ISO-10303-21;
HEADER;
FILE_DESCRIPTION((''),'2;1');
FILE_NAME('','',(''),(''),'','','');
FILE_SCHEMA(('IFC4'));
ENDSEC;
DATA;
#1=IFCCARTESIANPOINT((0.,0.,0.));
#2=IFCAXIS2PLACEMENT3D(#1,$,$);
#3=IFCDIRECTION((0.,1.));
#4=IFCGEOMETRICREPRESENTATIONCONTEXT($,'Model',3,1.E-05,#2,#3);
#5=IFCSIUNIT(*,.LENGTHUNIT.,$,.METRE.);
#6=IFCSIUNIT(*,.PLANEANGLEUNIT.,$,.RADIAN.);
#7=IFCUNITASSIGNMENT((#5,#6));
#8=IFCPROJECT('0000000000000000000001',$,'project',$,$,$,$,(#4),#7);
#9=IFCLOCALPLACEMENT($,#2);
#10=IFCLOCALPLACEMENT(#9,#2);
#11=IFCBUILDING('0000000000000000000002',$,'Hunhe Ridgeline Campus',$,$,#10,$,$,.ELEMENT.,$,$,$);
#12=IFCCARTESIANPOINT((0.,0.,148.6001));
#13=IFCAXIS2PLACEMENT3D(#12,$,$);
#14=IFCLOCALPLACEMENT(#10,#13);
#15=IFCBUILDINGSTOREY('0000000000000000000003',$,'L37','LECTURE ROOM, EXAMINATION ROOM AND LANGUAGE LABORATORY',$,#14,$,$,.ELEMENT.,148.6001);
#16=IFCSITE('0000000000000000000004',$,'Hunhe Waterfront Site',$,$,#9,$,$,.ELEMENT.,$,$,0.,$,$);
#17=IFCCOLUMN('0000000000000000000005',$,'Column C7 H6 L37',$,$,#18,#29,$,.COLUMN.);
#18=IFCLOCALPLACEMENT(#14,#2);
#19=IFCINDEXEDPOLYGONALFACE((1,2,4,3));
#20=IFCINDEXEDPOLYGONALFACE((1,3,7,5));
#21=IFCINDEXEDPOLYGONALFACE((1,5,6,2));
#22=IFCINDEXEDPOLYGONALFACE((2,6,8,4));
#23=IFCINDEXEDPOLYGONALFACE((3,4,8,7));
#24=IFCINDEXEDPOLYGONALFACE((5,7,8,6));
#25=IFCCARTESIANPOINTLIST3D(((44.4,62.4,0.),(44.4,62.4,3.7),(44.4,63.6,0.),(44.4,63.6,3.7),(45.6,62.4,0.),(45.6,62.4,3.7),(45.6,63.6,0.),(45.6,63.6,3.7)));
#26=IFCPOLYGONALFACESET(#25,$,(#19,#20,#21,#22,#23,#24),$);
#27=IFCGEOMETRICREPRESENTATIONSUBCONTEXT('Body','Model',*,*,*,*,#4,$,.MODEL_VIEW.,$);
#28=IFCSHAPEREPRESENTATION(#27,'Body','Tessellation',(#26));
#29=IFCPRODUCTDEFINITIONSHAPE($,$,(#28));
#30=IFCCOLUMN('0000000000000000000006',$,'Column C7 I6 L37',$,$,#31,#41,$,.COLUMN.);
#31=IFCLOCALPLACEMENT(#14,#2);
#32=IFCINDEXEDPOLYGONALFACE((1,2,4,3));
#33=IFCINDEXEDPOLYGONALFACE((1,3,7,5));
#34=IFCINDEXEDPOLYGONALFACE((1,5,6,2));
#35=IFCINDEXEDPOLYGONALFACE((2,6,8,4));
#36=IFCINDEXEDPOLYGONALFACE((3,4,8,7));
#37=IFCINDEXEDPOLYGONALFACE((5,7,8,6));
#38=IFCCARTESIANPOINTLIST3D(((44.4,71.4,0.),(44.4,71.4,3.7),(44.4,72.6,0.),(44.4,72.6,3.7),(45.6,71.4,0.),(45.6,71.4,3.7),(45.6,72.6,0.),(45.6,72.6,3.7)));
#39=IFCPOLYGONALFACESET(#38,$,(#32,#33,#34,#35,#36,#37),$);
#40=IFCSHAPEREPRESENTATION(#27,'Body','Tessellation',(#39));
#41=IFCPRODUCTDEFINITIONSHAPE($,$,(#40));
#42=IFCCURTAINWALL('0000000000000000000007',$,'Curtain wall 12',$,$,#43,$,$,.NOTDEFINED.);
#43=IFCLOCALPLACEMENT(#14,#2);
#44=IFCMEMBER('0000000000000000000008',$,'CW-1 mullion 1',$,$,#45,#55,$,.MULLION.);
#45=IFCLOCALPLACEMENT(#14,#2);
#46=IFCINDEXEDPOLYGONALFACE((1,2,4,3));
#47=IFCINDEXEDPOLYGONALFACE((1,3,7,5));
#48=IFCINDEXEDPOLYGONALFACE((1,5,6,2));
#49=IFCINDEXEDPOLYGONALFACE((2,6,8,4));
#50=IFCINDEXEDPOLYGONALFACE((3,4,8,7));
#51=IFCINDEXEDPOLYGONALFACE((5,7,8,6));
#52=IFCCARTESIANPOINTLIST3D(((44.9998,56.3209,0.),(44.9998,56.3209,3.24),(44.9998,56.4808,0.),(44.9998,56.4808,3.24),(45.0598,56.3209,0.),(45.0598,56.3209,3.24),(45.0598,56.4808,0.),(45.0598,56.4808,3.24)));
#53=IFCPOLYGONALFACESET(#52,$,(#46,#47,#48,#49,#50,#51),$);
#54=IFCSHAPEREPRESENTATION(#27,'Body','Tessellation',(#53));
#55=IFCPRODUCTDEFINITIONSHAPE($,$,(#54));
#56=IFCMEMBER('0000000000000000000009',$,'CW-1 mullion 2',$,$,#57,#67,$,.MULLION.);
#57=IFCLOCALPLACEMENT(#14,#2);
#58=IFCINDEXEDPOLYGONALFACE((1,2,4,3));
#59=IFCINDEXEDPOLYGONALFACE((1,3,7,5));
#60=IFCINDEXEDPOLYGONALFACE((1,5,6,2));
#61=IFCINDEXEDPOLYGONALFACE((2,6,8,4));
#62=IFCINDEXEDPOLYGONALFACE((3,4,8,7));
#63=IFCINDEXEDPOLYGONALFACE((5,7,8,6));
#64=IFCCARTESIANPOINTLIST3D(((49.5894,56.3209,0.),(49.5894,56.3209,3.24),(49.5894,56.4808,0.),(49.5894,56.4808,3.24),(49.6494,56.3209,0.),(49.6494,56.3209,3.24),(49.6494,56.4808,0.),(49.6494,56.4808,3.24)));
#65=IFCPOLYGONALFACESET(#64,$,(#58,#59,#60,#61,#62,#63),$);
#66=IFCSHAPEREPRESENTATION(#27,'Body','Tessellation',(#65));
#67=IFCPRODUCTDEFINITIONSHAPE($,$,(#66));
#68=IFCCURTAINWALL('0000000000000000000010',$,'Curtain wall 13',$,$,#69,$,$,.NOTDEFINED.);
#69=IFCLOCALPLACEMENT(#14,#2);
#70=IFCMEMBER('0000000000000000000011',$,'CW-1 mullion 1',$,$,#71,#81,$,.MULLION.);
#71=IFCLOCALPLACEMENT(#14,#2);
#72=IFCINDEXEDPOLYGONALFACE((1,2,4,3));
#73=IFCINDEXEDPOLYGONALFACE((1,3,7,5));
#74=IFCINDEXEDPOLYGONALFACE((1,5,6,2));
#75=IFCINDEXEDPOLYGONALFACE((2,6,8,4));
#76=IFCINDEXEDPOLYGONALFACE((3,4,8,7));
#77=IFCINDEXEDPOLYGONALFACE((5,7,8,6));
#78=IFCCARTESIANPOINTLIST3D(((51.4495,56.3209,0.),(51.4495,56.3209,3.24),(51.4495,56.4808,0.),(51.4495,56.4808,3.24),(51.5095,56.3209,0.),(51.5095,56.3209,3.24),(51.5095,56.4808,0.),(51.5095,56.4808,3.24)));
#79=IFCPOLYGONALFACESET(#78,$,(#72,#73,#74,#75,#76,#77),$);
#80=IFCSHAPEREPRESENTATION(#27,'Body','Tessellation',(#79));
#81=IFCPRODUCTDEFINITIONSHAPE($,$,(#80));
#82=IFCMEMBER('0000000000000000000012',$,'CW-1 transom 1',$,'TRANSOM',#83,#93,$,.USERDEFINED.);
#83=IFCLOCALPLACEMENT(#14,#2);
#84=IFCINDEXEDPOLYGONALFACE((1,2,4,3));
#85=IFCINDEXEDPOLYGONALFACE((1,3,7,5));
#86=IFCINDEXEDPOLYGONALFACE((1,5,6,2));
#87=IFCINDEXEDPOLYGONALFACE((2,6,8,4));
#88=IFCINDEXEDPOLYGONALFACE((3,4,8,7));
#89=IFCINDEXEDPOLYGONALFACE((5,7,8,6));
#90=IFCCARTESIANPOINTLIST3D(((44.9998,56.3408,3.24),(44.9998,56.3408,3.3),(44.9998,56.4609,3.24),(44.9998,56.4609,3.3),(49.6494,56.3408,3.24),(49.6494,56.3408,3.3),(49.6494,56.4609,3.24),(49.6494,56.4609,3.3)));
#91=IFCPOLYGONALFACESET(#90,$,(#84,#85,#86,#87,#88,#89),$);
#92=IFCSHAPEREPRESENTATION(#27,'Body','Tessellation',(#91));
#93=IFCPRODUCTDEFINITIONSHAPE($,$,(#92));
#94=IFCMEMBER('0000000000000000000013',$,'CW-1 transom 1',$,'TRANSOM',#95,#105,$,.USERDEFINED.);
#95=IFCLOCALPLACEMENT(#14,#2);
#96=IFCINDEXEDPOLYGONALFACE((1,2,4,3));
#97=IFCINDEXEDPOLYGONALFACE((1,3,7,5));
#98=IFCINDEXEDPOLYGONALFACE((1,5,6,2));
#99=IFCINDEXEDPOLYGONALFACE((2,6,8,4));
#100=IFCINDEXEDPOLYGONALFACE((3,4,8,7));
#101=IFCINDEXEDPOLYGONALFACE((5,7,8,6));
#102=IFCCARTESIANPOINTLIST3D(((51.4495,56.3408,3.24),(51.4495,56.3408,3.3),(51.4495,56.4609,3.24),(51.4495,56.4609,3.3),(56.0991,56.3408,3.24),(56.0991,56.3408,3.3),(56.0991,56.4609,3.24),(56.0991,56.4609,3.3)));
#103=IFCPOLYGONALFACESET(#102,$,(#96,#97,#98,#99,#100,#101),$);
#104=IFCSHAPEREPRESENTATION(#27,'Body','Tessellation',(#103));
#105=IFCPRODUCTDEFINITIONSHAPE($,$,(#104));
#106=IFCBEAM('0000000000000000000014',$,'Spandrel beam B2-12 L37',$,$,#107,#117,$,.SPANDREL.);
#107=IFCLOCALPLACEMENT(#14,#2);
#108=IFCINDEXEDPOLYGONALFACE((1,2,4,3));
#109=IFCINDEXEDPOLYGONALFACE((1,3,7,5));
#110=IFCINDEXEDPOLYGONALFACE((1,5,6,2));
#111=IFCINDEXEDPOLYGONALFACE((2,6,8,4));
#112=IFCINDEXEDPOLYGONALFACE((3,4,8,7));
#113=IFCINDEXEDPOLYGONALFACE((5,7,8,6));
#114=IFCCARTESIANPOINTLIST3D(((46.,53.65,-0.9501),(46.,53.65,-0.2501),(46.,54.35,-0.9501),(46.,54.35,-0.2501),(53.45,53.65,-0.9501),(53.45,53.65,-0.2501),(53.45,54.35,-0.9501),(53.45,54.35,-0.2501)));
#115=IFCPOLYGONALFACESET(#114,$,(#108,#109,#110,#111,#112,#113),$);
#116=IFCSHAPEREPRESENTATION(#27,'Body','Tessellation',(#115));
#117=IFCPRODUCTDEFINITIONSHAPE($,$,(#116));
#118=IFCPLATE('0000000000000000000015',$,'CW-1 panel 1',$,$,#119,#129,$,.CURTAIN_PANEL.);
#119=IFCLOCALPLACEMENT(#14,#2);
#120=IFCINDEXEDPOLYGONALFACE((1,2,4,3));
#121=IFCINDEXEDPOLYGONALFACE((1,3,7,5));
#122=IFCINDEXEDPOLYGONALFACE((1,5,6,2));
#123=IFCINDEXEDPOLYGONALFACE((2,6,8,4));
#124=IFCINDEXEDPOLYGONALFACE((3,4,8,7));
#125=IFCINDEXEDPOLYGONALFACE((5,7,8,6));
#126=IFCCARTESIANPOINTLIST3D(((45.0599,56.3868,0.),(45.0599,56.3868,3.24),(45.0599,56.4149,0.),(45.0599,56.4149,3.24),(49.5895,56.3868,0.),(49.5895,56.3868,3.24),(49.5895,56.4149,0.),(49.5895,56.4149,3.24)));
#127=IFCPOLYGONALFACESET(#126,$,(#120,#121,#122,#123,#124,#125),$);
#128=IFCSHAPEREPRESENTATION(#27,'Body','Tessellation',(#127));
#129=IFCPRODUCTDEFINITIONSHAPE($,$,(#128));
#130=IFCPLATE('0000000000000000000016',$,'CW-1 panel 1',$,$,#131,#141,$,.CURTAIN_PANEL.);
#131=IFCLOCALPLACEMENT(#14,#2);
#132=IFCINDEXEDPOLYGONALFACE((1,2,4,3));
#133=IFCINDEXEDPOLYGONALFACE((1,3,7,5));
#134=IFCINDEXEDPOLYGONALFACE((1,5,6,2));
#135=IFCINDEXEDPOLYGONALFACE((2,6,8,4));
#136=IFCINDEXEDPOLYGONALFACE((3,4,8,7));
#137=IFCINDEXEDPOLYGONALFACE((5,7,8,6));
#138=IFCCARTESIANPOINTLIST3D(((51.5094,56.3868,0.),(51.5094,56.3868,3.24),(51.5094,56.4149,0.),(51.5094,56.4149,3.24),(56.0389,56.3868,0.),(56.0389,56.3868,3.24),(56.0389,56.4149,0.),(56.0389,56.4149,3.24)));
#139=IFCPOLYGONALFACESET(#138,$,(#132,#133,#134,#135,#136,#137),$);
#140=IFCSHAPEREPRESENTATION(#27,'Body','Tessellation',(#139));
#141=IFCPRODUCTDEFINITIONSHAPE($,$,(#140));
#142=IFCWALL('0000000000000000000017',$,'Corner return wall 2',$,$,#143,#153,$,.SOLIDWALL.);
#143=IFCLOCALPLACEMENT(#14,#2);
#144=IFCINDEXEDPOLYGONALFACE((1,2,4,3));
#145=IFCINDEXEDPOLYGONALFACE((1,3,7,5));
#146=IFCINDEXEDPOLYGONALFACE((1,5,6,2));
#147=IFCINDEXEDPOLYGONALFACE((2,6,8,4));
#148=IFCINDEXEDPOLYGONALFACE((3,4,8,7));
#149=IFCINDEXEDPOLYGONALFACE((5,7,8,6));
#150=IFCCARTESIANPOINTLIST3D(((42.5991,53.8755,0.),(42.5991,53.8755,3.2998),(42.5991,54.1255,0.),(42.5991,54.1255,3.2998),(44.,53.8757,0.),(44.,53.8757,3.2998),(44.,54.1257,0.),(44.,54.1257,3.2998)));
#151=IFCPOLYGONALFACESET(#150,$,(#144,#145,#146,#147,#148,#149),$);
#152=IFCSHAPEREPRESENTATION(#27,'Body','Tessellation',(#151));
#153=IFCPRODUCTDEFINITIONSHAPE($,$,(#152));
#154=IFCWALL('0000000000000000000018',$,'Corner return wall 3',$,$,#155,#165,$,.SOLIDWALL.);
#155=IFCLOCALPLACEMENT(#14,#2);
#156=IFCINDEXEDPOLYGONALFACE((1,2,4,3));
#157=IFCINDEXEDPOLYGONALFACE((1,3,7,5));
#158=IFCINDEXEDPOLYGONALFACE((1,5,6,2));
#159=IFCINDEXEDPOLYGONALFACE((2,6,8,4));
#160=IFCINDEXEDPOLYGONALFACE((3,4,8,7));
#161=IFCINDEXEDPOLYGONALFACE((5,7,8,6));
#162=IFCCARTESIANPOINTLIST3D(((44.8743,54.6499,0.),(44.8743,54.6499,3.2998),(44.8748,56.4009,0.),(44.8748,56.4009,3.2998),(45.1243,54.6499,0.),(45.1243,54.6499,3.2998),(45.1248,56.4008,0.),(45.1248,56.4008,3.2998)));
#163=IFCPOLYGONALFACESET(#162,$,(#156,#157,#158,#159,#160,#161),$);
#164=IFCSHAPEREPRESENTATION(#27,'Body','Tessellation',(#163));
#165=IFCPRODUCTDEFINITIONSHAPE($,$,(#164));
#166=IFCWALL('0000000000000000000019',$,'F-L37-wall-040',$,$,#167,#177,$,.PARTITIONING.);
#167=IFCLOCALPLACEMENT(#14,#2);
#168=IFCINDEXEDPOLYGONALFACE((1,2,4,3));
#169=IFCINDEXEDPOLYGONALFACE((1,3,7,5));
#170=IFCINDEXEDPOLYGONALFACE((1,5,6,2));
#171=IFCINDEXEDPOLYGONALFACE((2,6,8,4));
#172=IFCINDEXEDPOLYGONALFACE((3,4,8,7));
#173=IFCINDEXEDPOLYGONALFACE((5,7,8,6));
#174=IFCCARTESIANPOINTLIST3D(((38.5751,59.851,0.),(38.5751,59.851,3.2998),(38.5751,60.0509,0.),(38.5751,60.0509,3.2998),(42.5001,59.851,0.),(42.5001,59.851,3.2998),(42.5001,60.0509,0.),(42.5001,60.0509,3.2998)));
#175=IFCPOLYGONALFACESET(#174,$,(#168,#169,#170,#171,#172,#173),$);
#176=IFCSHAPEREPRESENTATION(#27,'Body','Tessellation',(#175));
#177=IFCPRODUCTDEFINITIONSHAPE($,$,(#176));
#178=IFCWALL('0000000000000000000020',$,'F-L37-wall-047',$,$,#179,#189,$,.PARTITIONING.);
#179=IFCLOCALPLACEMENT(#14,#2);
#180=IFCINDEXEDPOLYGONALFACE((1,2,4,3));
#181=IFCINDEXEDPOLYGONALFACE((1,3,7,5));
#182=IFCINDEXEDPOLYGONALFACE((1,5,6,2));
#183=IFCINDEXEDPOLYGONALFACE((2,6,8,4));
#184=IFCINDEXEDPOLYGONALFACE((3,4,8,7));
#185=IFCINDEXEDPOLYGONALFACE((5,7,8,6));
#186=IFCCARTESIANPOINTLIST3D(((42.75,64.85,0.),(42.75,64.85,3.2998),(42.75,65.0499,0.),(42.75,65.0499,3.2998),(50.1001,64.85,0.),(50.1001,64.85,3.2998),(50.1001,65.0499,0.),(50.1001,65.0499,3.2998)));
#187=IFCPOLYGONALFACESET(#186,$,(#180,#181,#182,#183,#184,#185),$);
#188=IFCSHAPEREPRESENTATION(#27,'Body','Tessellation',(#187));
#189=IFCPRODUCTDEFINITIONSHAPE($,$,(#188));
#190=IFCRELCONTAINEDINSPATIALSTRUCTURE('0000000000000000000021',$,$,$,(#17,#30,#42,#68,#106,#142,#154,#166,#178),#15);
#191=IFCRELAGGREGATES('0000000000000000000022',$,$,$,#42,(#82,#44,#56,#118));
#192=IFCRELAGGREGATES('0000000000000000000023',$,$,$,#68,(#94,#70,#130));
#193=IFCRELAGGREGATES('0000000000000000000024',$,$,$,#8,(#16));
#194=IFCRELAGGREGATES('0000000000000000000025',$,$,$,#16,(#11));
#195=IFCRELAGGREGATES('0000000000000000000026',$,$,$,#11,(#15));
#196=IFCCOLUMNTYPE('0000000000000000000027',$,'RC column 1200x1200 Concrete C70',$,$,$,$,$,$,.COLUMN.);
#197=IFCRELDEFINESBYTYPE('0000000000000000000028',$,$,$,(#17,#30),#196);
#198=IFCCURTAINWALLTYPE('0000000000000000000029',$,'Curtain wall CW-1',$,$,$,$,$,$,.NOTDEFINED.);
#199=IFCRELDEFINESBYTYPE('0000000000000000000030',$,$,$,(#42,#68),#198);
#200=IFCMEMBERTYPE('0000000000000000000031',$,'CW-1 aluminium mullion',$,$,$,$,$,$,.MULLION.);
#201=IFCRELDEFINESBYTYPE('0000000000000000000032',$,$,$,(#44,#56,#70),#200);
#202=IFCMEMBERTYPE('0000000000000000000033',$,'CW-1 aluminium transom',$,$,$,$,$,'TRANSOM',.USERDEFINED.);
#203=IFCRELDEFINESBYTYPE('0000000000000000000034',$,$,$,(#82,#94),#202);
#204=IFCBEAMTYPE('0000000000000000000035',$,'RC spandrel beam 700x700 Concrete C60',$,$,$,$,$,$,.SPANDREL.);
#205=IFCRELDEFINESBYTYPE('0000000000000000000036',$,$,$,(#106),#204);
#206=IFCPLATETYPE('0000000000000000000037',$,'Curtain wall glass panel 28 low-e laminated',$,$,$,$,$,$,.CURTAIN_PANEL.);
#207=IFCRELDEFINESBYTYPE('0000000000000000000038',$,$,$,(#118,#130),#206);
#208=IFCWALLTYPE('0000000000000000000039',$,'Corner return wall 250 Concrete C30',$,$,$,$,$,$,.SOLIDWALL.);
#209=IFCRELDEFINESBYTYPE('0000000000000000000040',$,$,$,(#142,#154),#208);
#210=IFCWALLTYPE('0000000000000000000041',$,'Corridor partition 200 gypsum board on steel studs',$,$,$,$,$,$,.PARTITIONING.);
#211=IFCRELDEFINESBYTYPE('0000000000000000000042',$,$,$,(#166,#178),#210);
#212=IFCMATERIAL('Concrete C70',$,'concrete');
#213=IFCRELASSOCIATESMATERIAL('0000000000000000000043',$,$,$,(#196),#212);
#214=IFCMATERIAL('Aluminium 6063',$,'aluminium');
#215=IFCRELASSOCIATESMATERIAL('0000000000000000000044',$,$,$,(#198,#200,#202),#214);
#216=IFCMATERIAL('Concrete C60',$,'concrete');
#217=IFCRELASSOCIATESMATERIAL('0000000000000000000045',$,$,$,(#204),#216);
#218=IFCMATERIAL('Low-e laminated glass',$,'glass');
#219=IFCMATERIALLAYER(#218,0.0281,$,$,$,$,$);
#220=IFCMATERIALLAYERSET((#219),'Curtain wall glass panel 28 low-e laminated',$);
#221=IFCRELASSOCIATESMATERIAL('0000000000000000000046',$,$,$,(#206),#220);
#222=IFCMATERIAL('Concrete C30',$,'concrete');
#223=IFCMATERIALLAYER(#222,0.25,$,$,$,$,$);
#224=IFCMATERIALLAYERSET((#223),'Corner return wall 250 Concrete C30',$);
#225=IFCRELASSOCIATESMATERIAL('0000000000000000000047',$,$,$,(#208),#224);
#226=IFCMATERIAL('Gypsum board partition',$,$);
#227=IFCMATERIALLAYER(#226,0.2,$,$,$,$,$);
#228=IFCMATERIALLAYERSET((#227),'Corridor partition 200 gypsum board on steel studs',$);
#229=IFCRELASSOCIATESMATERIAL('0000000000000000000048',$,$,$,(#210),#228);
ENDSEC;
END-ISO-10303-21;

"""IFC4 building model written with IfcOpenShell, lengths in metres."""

from ifc_helpers import new_model, si_unit, direction, frame, frame_2d, origin, origin_2d, place, context, subcontext, project, spatial, rectangle, extrude, material, layer, layer_set, material_profile, profile_set, type_object, element, aggregate, save


model = new_model("IFC4")

# Units and contexts
model_context = context("Model", 3, precision=1e-05, world=origin(), true_north=direction((0.0, 1.0)))
body_context = subcontext(model_context, "Body", "Model", "MODEL_VIEW")
ifc_project = project(units=[si_unit("LENGTHUNIT", "METRE"), si_unit("PLANEANGLEUNIT", "RADIAN")], contexts=[model_context])

# Site, building, storey
site_placement = place(None, origin())
site = spatial("IfcSite", under=ifc_project, at=site_placement, Name="Hunhe Waterfront Site", CompositionType="ELEMENT", RefElevation=0.0)
building_placement = place(site_placement, origin())
building = spatial("IfcBuilding", under=site, at=building_placement, Name="Hunhe Ridgeline Campus", CompositionType="ELEMENT")
storey_placement = place(building_placement, frame((0.0, 0.0, 148.6001)))
storey = spatial("IfcBuildingStorey", under=building, at=storey_placement, Name="L37", Description="LECTURE ROOM, EXAMINATION ROOM AND LANGUAGE LABORATORY", CompositionType="ELEMENT", Elevation=148.6001)

# Columns
ifc_material_1 = material(Name="Concrete C70", Category="concrete")
ifc_material_profile_1 = material_profile(ifc_material_1, rectangle(XDim=1.2, YDim=1.2, at=origin_2d()))
ifc_profile_set_1 = profile_set([ifc_material_profile_1], Name="Concrete C70")
column_type = type_object("IfcColumnType", Name="RC column 1200x1200 Concrete C70", PredefinedType="COLUMN", material=ifc_profile_set_1)
for number, where, z_axis, x_axis, name in (
    (1, (45.0, 63.0, 0.0), (0.0, 0.0, 1.0), (1.0, 0.0, 0.0), "Column C7 H6 L37"),
    (2, (45.0, 72.0, 0.0), (0.0, 0.0, 1.0), (1.0, 0.0, 0.0), "Column C7 I6 L37"),
):
    element("IfcColumn", number, at=place(storey_placement, frame(where, z_axis=z_axis, x_axis=x_axis)), inside=storey, type_object=column_type, Name=name, PredefinedType="COLUMN", context=body_context, shape_type="SweptSolid", body=[
        extrude(rectangle(XDim=1.2, YDim=1.2, at=origin_2d()), origin(), (0.0, 0.0, 1.0), 3.7),
    ])

# Curtain wall, members
ifc_material_2 = material(Name="Aluminium 6063", Category="aluminium")
curtain_wall_type = type_object("IfcCurtainWallType", Name="Curtain wall CW-1", PredefinedType="NOTDEFINED", material=ifc_material_2)
curtain_wall_1_placement = place(storey_placement, origin())
curtain_wall_1 = element("IfcCurtainWall", 3, at=curtain_wall_1_placement, inside=storey, type_object=curtain_wall_type, Name="Curtain wall 12", PredefinedType="NOTDEFINED")
ifc_material_profile_2 = material_profile(ifc_material_2, rectangle(XDim=0.1599, YDim=0.0601, at=origin_2d()))
ifc_profile_set_2 = profile_set([ifc_material_profile_2], Name="Aluminium 6063")
member_type_1 = type_object("IfcMemberType", Name="CW-1 aluminium mullion", PredefinedType="MULLION", material=ifc_profile_set_2)
member_1_placement = place(storey_placement, frame((45.0298, 56.4009, 0.0), z_axis=(0.0, 0.0, 1.0), x_axis=(-0.000002, 1.0, 0.0)))
member_1 = element("IfcMember", 4, at=member_1_placement, type_object=member_type_1, Name="CW-1 mullion 1", PredefinedType="MULLION", context=body_context, shape_type="SweptSolid", body=[
    extrude(rectangle(XDim=0.1599, YDim=0.0601, at=origin_2d()), origin(), (0.0, 0.0, 1.0), 3.24),
])
member_2_placement = place(storey_placement, frame((49.6194, 56.4009, 0.0), z_axis=(0.0, 0.0, 1.0), x_axis=(-0.000002, 1.0, 0.0)))
member_2 = element("IfcMember", 5, at=member_2_placement, type_object=member_type_1, Name="CW-1 mullion 2", PredefinedType="MULLION", context=body_context, shape_type="SweptSolid", body=[
    extrude(rectangle(XDim=0.1599, YDim=0.0601, at=origin_2d()), origin(), (0.0, 0.0, 1.0), 3.24),
])

# Curtain wall, member
curtain_wall_2_placement = place(storey_placement, origin())
curtain_wall_2 = element("IfcCurtainWall", 6, at=curtain_wall_2_placement, inside=storey, type_object=curtain_wall_type, Name="Curtain wall 13", PredefinedType="NOTDEFINED")
member_3_placement = place(storey_placement, frame((51.4795, 56.4009, 0.0), z_axis=(0.0, 0.0, 1.0), x_axis=(-0.000002, 1.0, 0.0)))
member_3 = element("IfcMember", 7, at=member_3_placement, type_object=member_type_1, Name="CW-1 mullion 1", PredefinedType="MULLION", context=body_context, shape_type="SweptSolid", body=[
    extrude(rectangle(XDim=0.1599, YDim=0.0601, at=origin_2d()), origin(), (0.0, 0.0, 1.0), 3.24),
])

# Members
ifc_material_profile_3 = material_profile(ifc_material_2, rectangle(XDim=0.1201, YDim=0.0601, at=origin_2d()))
ifc_profile_set_3 = profile_set([ifc_material_profile_3], Name="Aluminium 6063")
member_type_2 = type_object("IfcMemberType", Name="CW-1 aluminium transom", ElementType="TRANSOM", PredefinedType="USERDEFINED", material=ifc_profile_set_3)
member_4_placement = place(storey_placement, frame((44.9998, 56.4009, 3.27), z_axis=(1.0, 0.0, 0.0), x_axis=(0.0, 1.0, 0.0)))
member_4 = element("IfcMember", 8, at=member_4_placement, type_object=member_type_2, Name="CW-1 transom 1", ObjectType="TRANSOM", PredefinedType="USERDEFINED", context=body_context, shape_type="SweptSolid", body=[
    extrude(rectangle(XDim=0.1201, YDim=0.0601, at=origin_2d()), origin(), (0.0, 0.0, 1.0), 4.6497),
])
member_5_placement = place(storey_placement, frame((51.4495, 56.4009, 3.27), z_axis=(1.0, 0.0, 0.0), x_axis=(0.0, 1.0, 0.0)))
member_5 = element("IfcMember", 9, at=member_5_placement, type_object=member_type_2, Name="CW-1 transom 1", ObjectType="TRANSOM", PredefinedType="USERDEFINED", context=body_context, shape_type="SweptSolid", body=[
    extrude(rectangle(XDim=0.1201, YDim=0.0601, at=origin_2d()), origin(), (0.0, 0.0, 1.0), 4.6497),
])

# Beam
ifc_material_3 = material(Name="Concrete C60", Category="concrete")
ifc_material_profile_4 = material_profile(ifc_material_3, rectangle(XDim=0.7, YDim=0.7, at=origin_2d()))
ifc_profile_set_4 = profile_set([ifc_material_profile_4], Name="Concrete C60")
beam_type = type_object("IfcBeamType", Name="RC spandrel beam 700x700 Concrete C60", PredefinedType="SPANDREL", material=ifc_profile_set_4)
beam_placement = place(storey_placement, frame((46.0, 54.0, -0.6001), z_axis=(1.0, 0.0, 0.0), x_axis=(0.0, 1.0, 0.0)))
element("IfcBeam", 10, at=beam_placement, inside=storey, type_object=beam_type, Name="Spandrel beam B2-12 L37", PredefinedType="SPANDREL", context=body_context, shape_type="SweptSolid", body=[
    extrude(rectangle(XDim=0.7, YDim=0.7, at=origin_2d()), origin(), (0.0, 0.0, 1.0), 7.45),
])

# Plates
ifc_material_4 = material(Name="Low-e laminated glass", Category="glass")
ifc_layer_1 = layer(ifc_material_4, 0.0281)
ifc_layer_set_1 = layer_set([ifc_layer_1], Name="Curtain wall glass panel 28 low-e laminated")
plate_type = type_object("IfcPlateType", Name="Curtain wall glass panel 28 low-e laminated", PredefinedType="CURTAIN_PANEL", material=ifc_layer_set_1)
plate_1_placement = place(storey_placement, frame((47.3247, 56.4009, 0.0), z_axis=(0.0, 0.0, 1.0), x_axis=(1.0, 0.000002, 0.0)))
plate_1 = element("IfcPlate", 11, at=plate_1_placement, type_object=plate_type, Name="CW-1 panel 1", PredefinedType="CURTAIN_PANEL", context=body_context, shape_type="SweptSolid", body=[
    extrude(rectangle(XDim=4.5295, YDim=0.0281, at=origin_2d()), origin(), (0.0, 0.0, 1.0), 3.24),
])
aggregate(curtain_wall_1, [member_4, member_1, member_2, plate_1])
plate_2_placement = place(storey_placement, frame((53.7742, 56.4009, 0.0), z_axis=(0.0, 0.0, 1.0), x_axis=(1.0, 0.000002, 0.0)))
plate_2 = element("IfcPlate", 12, at=plate_2_placement, type_object=plate_type, Name="CW-1 panel 1", PredefinedType="CURTAIN_PANEL", context=body_context, shape_type="SweptSolid", body=[
    extrude(rectangle(XDim=4.5295, YDim=0.0281, at=origin_2d()), origin(), (0.0, 0.0, 1.0), 3.24),
])
aggregate(curtain_wall_2, [member_5, member_3, plate_2])

# Walls
ifc_material_5 = material(Name="Concrete C30", Category="concrete")
ifc_layer_2 = layer(ifc_material_5, 0.25)
ifc_layer_set_2 = layer_set([ifc_layer_2], Name="Corner return wall 250 Concrete C30")
wall_type_1 = type_object("IfcWallType", Name="Corner return wall 250 Concrete C30", PredefinedType="SOLIDWALL", material=ifc_layer_set_2)
wall_1_placement = place(storey_placement, frame((42.5991, 54.0005, 0.0), z_axis=(0.0, 0.0, 1.0), x_axis=(1.0, 0.000174, 0.0)))
element("IfcWall", 13, at=wall_1_placement, inside=storey, type_object=wall_type_1, Name="Corner return wall 2", PredefinedType="SOLIDWALL", context=body_context, shape_type="SweptSolid", body=[
    extrude(rectangle(XDim=1.4009, YDim=0.25, at=frame_2d((0.7004, 0.0))), origin(), (0.0, 0.0, 1.0), 3.2998),
])
wall_2_placement = place(storey_placement, frame((44.9993, 54.6499, 0.0), z_axis=(0.0, 0.0, 1.0), x_axis=(0.000279, 1.0, 0.0)))
element("IfcWall", 14, at=wall_2_placement, inside=storey, type_object=wall_type_1, Name="Corner return wall 3", PredefinedType="SOLIDWALL", context=body_context, shape_type="SweptSolid", body=[
    extrude(rectangle(XDim=1.751, YDim=0.25, at=frame_2d((0.8755, 0.0))), origin(), (0.0, 0.0, 1.0), 3.2998),
])
ifc_material_6 = material(Name="Gypsum board partition")
ifc_layer_3 = layer(ifc_material_6, 0.2)
ifc_layer_set_3 = layer_set([ifc_layer_3], Name="Corridor partition 200 gypsum board on steel studs")
wall_type_2 = type_object("IfcWallType", Name="Corridor partition 200 gypsum board on steel studs", PredefinedType="PARTITIONING", material=ifc_layer_set_3)
wall_3_placement = place(storey_placement, frame((42.5, 59.9509, 0.0), z_axis=(0.0, 0.0, 1.0), x_axis=(-1.0, 0.0, 0.0)))
element("IfcWall", 15, at=wall_3_placement, inside=storey, type_object=wall_type_2, Name="F-L37-wall-040", PredefinedType="PARTITIONING", context=body_context, shape_type="SweptSolid", body=[
    extrude(rectangle(XDim=3.925, YDim=0.2, at=frame_2d((1.9624, 0.0))), origin(), (0.0, 0.0, 1.0), 3.2998),
])

# Wall
wall_4_placement = place(storey_placement, frame((42.75, 64.95, 0.0), z_axis=(0.0, 0.0, 1.0), x_axis=(1.0, 0.0, 0.0)))
element("IfcWall", 16, at=wall_4_placement, inside=storey, type_object=wall_type_2, Name="F-L37-wall-047", PredefinedType="PARTITIONING", context=body_context, shape_type="SweptSolid", body=[
    extrude(rectangle(XDim=7.3501, YDim=0.2, at=frame_2d((3.675, 0.0))), origin(), (0.0, 0.0, 1.0), 3.2998),
])

save(model, "model.ifc")
